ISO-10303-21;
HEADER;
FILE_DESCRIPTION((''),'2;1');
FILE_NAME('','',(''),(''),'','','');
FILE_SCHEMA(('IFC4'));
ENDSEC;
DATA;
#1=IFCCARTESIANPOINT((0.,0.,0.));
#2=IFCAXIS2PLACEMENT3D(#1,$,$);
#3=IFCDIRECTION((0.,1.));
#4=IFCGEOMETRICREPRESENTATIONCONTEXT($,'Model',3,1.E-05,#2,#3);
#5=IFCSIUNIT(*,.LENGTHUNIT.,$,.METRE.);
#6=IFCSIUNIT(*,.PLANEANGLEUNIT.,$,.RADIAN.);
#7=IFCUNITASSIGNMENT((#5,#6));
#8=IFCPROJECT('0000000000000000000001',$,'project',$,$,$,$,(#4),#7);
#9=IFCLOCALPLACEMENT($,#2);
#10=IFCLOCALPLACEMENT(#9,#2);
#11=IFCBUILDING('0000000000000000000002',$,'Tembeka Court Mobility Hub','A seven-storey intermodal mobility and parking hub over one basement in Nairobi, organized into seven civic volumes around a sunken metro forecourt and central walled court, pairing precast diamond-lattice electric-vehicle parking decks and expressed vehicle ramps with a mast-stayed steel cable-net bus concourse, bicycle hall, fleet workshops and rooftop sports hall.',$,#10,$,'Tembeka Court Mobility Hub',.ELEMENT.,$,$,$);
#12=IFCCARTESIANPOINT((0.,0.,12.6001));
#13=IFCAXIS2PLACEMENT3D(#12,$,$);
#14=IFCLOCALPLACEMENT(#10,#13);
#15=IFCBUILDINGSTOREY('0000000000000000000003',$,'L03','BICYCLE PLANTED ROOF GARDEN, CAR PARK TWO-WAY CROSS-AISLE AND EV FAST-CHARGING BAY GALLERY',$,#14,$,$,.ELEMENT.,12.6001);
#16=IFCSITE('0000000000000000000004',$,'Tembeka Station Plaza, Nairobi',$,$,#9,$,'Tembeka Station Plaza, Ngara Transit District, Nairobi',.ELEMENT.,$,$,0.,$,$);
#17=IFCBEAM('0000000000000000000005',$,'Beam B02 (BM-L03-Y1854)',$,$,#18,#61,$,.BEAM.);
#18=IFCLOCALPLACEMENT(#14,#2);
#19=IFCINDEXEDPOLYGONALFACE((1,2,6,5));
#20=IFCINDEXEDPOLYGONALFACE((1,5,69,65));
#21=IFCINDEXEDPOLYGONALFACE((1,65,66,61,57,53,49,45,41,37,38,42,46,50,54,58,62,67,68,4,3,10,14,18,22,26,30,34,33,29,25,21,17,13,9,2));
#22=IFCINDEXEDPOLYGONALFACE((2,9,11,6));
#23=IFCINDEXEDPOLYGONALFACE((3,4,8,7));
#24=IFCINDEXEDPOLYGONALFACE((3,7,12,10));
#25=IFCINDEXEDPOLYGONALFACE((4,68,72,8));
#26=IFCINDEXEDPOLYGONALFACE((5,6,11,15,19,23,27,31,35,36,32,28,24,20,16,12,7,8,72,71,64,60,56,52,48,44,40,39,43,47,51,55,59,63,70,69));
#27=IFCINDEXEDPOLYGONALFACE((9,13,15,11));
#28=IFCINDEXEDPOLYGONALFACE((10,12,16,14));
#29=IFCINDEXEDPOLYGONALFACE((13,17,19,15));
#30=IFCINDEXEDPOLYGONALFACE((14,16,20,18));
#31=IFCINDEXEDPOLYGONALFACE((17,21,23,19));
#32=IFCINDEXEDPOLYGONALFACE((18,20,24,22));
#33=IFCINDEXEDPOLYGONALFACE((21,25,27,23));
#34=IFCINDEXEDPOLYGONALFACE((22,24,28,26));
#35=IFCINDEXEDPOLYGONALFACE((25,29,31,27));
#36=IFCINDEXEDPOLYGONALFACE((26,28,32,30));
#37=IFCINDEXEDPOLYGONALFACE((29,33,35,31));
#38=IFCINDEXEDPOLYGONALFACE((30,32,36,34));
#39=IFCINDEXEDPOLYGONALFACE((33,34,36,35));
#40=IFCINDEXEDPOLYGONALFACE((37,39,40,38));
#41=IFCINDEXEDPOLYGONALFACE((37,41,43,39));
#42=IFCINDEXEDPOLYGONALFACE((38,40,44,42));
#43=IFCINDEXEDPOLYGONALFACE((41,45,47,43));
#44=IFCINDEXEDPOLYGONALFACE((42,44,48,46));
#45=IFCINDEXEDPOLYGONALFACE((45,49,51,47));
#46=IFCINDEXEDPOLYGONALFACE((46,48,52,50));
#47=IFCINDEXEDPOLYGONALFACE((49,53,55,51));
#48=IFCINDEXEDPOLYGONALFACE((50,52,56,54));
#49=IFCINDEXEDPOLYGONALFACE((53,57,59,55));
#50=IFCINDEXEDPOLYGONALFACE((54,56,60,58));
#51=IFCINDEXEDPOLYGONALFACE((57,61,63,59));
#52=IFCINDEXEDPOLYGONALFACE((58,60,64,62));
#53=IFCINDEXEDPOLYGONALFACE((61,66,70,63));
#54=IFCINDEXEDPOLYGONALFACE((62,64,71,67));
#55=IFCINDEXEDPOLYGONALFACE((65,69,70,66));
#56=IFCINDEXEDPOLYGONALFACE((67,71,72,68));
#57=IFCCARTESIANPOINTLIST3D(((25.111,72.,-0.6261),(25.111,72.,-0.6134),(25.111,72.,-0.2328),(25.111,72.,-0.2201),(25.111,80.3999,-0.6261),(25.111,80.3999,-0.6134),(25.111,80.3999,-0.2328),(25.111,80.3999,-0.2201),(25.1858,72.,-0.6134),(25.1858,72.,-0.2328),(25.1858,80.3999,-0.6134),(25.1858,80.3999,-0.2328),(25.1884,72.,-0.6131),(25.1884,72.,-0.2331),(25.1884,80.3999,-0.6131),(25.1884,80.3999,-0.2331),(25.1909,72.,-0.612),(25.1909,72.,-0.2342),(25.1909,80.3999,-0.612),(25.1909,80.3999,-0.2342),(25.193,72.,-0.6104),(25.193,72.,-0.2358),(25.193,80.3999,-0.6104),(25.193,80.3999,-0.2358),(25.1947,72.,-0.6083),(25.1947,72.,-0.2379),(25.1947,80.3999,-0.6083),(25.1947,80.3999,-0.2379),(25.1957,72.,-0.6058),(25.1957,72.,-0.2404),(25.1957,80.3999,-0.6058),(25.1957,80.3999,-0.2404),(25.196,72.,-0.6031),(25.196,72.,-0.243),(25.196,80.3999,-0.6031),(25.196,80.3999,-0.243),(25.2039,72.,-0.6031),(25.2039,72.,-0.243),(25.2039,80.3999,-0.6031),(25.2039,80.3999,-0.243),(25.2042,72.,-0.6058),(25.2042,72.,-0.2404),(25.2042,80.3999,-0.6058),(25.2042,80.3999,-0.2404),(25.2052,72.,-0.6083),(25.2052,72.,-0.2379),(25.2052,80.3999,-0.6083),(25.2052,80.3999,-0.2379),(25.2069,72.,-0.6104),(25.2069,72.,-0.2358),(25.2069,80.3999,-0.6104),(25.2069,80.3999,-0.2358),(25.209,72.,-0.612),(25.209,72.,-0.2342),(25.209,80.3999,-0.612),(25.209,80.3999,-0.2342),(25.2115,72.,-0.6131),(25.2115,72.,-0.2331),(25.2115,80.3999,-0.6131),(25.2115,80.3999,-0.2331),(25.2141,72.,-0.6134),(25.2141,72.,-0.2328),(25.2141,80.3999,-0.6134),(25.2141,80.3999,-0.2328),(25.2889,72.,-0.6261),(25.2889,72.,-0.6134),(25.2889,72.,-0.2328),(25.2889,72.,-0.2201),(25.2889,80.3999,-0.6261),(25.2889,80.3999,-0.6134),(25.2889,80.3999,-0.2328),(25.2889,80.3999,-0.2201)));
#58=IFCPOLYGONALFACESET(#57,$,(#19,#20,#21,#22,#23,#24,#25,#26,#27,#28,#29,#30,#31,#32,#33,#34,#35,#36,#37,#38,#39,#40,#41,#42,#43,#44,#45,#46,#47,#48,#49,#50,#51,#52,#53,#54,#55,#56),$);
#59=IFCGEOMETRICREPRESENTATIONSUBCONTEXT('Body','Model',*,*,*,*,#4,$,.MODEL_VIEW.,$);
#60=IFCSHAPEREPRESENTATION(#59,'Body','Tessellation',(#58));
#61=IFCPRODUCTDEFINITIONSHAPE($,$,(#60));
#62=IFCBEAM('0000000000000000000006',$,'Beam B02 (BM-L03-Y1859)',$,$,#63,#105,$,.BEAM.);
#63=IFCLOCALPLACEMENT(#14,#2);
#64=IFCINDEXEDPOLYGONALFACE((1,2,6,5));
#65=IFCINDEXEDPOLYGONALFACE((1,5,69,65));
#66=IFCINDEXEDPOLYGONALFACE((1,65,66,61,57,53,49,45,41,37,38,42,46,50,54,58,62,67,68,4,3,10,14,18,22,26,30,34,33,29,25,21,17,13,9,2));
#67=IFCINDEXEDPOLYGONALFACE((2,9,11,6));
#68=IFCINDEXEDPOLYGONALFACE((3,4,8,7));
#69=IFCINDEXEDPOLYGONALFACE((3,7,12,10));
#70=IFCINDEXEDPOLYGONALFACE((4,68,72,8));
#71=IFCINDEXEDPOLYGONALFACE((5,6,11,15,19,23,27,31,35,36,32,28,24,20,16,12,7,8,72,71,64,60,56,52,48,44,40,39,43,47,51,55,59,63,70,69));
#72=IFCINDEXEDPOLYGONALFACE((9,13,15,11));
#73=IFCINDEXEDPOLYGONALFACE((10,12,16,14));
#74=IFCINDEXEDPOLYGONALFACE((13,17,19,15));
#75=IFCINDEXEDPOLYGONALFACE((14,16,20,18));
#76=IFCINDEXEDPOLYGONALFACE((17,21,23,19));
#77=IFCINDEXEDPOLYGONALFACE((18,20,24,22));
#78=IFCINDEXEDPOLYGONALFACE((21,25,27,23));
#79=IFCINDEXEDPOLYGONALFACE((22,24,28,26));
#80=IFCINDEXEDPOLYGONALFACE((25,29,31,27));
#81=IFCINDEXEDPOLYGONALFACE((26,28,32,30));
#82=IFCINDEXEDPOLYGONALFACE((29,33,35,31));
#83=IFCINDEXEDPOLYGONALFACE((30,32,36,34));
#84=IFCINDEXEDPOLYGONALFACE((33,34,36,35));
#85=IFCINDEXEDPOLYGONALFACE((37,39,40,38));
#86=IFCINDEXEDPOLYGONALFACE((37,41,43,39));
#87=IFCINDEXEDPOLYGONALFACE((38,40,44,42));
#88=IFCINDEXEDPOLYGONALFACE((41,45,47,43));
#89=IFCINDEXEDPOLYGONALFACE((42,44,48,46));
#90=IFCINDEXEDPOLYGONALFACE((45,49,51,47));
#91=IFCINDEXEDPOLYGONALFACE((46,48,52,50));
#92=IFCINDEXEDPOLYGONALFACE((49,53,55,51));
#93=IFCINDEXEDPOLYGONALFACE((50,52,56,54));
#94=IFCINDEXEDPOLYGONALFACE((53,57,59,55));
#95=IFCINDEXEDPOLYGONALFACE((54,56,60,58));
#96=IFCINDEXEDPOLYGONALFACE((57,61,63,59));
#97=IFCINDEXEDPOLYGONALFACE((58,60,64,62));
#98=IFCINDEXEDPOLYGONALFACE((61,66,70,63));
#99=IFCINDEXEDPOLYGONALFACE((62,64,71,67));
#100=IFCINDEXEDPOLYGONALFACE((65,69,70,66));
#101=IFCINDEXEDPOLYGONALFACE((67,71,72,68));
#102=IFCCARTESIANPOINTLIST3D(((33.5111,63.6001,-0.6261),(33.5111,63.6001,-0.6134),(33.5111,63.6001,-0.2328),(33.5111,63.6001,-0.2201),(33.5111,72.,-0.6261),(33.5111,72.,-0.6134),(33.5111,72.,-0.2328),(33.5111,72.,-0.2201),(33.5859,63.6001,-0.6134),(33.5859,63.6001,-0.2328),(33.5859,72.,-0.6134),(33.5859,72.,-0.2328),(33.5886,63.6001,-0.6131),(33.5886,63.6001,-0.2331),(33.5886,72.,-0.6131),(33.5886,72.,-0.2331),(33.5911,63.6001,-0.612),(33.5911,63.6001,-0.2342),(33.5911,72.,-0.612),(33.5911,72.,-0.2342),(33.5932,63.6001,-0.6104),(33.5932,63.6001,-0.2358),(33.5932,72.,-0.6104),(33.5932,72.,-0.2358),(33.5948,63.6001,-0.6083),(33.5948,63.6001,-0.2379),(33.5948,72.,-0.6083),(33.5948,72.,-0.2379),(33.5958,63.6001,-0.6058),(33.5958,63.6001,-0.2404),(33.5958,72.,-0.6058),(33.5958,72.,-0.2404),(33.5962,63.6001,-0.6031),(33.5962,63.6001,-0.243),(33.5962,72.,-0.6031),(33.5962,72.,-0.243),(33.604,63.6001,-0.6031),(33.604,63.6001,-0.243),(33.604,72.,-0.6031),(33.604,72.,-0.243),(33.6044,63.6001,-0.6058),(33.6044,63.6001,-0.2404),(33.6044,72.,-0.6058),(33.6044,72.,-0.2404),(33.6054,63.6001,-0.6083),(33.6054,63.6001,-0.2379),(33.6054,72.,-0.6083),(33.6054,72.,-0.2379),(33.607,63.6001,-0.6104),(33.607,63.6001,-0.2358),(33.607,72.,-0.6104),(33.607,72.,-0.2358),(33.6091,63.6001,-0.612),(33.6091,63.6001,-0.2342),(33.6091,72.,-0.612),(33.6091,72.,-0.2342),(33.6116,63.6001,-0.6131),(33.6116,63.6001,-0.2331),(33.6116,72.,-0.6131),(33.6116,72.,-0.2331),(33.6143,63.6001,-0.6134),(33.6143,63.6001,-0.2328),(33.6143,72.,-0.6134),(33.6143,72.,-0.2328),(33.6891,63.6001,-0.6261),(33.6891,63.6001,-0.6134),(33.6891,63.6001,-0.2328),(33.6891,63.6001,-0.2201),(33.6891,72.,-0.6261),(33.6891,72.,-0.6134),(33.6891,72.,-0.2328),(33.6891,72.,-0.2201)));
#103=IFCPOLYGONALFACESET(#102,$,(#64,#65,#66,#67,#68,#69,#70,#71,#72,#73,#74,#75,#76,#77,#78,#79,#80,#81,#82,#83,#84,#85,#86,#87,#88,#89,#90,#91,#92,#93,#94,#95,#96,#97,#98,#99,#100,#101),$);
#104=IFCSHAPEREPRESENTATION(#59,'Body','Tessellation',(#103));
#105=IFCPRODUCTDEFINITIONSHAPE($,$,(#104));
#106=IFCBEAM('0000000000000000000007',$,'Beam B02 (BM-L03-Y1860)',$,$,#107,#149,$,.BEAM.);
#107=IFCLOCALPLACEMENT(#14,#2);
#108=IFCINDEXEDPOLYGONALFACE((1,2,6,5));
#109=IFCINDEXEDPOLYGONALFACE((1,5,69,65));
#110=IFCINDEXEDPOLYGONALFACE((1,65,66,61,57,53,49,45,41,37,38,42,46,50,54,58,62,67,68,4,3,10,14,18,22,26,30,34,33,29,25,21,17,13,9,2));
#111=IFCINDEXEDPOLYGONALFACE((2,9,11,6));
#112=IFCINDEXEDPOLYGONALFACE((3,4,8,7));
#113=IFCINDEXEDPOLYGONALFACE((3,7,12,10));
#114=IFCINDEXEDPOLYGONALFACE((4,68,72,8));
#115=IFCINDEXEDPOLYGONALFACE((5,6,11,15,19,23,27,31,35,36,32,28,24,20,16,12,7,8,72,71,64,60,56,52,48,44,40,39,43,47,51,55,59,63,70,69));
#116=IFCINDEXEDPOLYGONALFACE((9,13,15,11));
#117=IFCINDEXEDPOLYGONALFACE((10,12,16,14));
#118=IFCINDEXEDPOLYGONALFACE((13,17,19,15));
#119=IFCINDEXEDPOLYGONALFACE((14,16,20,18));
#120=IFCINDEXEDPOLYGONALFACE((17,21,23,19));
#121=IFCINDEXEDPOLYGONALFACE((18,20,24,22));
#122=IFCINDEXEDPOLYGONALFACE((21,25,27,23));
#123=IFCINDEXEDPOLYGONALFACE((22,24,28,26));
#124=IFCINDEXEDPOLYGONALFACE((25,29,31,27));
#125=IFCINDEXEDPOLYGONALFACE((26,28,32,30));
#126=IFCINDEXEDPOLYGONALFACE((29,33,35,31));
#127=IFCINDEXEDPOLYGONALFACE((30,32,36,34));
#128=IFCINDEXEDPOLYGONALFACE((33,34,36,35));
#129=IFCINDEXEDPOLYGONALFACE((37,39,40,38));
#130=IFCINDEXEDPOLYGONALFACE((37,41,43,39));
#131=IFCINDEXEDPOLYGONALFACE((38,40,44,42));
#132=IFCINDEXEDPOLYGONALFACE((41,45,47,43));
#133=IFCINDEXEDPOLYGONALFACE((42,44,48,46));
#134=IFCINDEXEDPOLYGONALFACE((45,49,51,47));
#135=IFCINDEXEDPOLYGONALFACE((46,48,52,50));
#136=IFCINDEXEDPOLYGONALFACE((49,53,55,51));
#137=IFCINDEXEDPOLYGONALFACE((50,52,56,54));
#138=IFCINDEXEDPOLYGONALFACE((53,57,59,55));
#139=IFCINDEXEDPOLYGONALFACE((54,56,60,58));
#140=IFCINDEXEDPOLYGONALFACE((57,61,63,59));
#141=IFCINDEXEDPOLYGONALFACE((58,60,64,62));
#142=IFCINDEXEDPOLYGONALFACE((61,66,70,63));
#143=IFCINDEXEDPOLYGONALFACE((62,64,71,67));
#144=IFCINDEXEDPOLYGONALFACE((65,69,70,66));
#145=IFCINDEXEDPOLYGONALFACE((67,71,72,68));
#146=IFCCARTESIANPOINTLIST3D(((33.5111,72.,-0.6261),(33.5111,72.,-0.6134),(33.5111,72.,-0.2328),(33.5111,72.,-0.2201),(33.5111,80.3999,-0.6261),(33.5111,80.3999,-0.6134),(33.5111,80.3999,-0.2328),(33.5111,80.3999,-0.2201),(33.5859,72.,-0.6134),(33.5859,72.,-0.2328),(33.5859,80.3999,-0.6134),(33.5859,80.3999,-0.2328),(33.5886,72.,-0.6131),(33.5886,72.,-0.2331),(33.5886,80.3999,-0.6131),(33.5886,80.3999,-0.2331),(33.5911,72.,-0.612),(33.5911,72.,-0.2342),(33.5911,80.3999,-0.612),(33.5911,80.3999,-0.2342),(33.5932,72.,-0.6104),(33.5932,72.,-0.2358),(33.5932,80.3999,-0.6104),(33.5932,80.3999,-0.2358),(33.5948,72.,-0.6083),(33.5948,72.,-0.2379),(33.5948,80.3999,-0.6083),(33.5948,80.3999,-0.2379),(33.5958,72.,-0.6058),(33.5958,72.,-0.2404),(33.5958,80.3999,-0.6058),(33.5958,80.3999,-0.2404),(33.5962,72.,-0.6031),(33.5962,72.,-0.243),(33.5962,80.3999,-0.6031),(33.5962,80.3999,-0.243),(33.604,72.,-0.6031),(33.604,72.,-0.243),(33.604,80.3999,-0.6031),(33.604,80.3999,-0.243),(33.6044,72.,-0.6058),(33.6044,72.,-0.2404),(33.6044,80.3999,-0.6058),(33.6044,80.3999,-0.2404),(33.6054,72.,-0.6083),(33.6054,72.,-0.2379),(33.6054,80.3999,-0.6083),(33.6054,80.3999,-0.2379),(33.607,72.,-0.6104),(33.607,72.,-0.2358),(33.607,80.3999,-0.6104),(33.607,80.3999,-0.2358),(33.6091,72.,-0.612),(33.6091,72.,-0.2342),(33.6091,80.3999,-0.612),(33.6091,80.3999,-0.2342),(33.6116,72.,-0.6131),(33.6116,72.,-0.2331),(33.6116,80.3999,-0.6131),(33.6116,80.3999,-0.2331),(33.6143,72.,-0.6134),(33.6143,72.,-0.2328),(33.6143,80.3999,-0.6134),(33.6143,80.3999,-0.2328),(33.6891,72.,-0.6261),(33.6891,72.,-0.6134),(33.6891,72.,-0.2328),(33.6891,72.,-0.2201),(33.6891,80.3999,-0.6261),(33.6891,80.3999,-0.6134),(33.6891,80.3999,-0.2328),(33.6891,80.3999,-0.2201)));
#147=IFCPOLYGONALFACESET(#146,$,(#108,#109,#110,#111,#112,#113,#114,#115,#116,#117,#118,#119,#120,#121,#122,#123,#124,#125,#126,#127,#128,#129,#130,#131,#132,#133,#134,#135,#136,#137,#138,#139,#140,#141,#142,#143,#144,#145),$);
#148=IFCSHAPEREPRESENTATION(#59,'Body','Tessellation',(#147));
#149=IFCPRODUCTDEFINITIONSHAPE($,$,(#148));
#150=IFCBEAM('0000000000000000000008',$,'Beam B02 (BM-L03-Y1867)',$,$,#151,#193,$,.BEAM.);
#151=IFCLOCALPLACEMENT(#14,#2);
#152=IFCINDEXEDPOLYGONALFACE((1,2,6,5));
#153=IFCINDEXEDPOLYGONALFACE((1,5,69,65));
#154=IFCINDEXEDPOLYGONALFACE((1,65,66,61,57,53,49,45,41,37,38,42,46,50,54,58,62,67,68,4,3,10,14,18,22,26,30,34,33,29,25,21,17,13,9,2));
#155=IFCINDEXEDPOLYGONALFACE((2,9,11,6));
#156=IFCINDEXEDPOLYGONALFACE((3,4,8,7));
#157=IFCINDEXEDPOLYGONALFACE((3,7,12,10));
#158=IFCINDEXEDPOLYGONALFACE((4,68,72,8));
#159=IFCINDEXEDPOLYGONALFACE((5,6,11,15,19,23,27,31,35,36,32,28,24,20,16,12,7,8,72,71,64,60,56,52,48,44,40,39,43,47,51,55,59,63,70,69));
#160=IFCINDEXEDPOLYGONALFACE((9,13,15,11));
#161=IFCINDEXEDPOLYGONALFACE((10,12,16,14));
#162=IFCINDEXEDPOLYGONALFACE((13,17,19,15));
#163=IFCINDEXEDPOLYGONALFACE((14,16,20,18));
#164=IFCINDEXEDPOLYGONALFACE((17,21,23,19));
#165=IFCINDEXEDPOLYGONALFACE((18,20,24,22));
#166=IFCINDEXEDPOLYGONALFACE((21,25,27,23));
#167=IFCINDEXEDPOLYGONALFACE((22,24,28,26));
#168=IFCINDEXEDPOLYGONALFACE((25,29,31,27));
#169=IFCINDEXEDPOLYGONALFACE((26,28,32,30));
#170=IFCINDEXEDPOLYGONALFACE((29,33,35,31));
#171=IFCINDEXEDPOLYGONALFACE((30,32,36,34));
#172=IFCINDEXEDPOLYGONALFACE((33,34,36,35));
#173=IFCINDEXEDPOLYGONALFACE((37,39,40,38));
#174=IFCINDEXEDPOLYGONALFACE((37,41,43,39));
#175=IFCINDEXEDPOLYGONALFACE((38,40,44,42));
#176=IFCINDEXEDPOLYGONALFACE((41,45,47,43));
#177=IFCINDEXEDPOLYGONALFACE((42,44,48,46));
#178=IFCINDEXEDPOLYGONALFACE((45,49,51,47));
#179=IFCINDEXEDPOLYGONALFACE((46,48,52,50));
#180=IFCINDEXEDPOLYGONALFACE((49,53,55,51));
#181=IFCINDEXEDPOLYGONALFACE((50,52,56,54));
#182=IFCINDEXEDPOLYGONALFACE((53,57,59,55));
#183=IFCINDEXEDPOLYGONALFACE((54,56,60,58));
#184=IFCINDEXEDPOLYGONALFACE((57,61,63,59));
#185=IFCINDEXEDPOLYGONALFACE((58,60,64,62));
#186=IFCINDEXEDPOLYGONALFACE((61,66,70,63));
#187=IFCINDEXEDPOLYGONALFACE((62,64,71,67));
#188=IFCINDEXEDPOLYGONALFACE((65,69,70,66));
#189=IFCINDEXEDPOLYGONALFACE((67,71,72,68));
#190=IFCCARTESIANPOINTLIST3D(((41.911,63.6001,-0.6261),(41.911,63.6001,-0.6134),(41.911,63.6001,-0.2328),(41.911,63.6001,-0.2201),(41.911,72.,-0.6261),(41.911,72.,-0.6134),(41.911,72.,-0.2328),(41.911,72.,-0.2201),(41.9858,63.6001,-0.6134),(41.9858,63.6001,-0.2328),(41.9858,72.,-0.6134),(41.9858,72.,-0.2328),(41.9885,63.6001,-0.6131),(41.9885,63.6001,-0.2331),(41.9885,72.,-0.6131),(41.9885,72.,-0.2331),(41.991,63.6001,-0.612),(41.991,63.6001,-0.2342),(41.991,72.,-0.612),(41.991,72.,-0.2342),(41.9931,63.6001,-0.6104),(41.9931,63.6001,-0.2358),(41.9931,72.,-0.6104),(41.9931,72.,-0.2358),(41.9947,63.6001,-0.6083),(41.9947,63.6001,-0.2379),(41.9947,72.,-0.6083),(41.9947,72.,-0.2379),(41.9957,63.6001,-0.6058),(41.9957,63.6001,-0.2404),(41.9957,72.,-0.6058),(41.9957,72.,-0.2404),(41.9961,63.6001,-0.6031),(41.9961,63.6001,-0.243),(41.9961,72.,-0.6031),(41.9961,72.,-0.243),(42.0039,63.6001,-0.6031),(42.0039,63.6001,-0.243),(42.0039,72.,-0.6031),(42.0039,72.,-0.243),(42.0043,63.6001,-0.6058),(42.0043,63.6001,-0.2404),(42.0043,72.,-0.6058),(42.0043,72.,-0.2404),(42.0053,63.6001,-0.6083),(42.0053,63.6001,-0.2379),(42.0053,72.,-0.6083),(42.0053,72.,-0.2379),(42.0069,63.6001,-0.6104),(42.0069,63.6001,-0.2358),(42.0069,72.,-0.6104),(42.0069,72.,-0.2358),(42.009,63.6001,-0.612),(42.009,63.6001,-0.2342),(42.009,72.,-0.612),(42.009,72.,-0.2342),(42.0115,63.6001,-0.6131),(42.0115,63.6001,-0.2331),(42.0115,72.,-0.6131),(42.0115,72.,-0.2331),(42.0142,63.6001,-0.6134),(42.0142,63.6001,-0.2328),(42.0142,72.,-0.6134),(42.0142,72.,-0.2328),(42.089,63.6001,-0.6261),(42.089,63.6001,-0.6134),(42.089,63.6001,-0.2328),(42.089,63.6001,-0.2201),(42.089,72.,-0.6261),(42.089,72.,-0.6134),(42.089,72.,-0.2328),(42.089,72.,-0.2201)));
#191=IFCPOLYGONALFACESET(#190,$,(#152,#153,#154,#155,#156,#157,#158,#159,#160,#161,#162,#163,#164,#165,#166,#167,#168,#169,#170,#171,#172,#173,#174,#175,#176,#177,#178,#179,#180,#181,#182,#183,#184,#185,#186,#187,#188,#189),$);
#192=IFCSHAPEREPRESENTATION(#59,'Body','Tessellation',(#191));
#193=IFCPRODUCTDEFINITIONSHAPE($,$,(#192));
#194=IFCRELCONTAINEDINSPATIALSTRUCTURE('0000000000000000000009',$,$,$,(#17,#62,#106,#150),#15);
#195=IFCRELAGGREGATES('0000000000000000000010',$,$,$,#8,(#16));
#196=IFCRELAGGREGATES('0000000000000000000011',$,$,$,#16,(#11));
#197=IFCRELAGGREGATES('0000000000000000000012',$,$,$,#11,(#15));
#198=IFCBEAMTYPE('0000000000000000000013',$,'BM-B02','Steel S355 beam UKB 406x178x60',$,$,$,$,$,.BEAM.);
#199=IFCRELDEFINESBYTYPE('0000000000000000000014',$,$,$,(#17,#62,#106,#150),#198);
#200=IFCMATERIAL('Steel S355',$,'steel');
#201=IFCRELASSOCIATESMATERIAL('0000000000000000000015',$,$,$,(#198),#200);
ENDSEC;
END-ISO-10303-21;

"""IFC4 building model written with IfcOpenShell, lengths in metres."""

from ifc_helpers import new_model, si_unit, direction, frame, origin, origin_2d, place, context, subcontext, project, spatial, i_section, extrude, material, material_profile, profile_set, type_object, element, save


model = new_model("IFC4")

# Units and contexts
model_context = context("Model", 3, precision=1e-05, world=origin(), true_north=direction((0.0, 1.0)))
body_context = subcontext(model_context, "Body", "Model", "MODEL_VIEW")
ifc_project = project(units=[si_unit("LENGTHUNIT", "METRE"), si_unit("PLANEANGLEUNIT", "RADIAN")], contexts=[model_context])

# Site, building, storey
site_placement = place(None, origin())
site = spatial("IfcSite", under=ifc_project, at=site_placement, Name="Tembeka Station Plaza, Nairobi", LongName="Tembeka Station Plaza, Ngara Transit District, Nairobi", CompositionType="ELEMENT", RefElevation=0.0)
building_placement = place(site_placement, origin())
building = spatial("IfcBuilding", under=site, at=building_placement, Name="Tembeka Court Mobility Hub", Description="A seven-storey intermodal mobility and parking hub over one basement in Nairobi, organized into seven civic volumes around a sunken metro forecourt and central walled court, pairing precast diamond-lattice electric-vehicle parking decks and expressed vehicle ramps with a mast-stayed steel cable-net bus concourse, bicycle hall, fleet workshops and rooftop sports hall.", LongName="Tembeka Court Mobility Hub", CompositionType="ELEMENT")
storey_placement = place(building_placement, frame((0.0, 0.0, 12.6001)))
storey = spatial("IfcBuildingStorey", under=building, at=storey_placement, Name="L03", Description="BICYCLE PLANTED ROOF GARDEN, CAR PARK TWO-WAY CROSS-AISLE AND EV FAST-CHARGING BAY GALLERY", CompositionType="ELEMENT", Elevation=12.6001)

# Shared definitions
ifc_material = material(Name="Steel S355", Category="steel")

# Beams
ifc_material_profile_1 = material_profile(ifc_material, i_section(OverallWidth=0.178, OverallDepth=0.406, WebThickness=0.0078, FlangeThickness=0.0127, FilletRadius=0.0103, at=origin_2d()), Name="UKB 406x178x60")
ifc_profile_set_1 = profile_set([ifc_material_profile_1], Name="Steel S355")
beam_type_1 = type_object("IfcBeamType", Name="BM-B02", Description="Steel S355 beam UKB 406x178x60", PredefinedType="BEAM", material=ifc_profile_set_1)
for number, where, z_axis, x_axis, name in (
    (1, (25.2, 72.0, -0.4231), (0.0, 1.0, 0.0), (-1.0, 0.0, 0.0), "Beam B02 (BM-L03-Y1854)"),
    (2, (33.6001, 63.6001, -0.4231), (0.0, 1.0, 0.0), (-1.0, 0.0, 0.0), "Beam B02 (BM-L03-Y1859)"),
    (3, (33.6001, 72.0, -0.4231), (0.0, 1.0, 0.0), (-1.0, 0.0, 0.0), "Beam B02 (BM-L03-Y1860)"),
    (4, (42.0, 63.6001, -0.4231), (0.0, 1.0, 0.0), (-1.0, 0.0, 0.0), "Beam B02 (BM-L03-Y1867)"),
):
    element("IfcBeam", number, at=place(storey_placement, frame(where, z_axis=z_axis, x_axis=x_axis)), inside=storey, type_object=beam_type_1, Name=name, PredefinedType="BEAM", context=body_context, shape_type="SweptSolid", body=[
        extrude(i_section(OverallWidth=0.178, OverallDepth=0.406, WebThickness=0.0078, FlangeThickness=0.0127, FilletRadius=0.0103, at=origin_2d()), origin(), (0.0, 0.0, 1.0), 8.3999),
    ])

save(model, "model.ifc")
